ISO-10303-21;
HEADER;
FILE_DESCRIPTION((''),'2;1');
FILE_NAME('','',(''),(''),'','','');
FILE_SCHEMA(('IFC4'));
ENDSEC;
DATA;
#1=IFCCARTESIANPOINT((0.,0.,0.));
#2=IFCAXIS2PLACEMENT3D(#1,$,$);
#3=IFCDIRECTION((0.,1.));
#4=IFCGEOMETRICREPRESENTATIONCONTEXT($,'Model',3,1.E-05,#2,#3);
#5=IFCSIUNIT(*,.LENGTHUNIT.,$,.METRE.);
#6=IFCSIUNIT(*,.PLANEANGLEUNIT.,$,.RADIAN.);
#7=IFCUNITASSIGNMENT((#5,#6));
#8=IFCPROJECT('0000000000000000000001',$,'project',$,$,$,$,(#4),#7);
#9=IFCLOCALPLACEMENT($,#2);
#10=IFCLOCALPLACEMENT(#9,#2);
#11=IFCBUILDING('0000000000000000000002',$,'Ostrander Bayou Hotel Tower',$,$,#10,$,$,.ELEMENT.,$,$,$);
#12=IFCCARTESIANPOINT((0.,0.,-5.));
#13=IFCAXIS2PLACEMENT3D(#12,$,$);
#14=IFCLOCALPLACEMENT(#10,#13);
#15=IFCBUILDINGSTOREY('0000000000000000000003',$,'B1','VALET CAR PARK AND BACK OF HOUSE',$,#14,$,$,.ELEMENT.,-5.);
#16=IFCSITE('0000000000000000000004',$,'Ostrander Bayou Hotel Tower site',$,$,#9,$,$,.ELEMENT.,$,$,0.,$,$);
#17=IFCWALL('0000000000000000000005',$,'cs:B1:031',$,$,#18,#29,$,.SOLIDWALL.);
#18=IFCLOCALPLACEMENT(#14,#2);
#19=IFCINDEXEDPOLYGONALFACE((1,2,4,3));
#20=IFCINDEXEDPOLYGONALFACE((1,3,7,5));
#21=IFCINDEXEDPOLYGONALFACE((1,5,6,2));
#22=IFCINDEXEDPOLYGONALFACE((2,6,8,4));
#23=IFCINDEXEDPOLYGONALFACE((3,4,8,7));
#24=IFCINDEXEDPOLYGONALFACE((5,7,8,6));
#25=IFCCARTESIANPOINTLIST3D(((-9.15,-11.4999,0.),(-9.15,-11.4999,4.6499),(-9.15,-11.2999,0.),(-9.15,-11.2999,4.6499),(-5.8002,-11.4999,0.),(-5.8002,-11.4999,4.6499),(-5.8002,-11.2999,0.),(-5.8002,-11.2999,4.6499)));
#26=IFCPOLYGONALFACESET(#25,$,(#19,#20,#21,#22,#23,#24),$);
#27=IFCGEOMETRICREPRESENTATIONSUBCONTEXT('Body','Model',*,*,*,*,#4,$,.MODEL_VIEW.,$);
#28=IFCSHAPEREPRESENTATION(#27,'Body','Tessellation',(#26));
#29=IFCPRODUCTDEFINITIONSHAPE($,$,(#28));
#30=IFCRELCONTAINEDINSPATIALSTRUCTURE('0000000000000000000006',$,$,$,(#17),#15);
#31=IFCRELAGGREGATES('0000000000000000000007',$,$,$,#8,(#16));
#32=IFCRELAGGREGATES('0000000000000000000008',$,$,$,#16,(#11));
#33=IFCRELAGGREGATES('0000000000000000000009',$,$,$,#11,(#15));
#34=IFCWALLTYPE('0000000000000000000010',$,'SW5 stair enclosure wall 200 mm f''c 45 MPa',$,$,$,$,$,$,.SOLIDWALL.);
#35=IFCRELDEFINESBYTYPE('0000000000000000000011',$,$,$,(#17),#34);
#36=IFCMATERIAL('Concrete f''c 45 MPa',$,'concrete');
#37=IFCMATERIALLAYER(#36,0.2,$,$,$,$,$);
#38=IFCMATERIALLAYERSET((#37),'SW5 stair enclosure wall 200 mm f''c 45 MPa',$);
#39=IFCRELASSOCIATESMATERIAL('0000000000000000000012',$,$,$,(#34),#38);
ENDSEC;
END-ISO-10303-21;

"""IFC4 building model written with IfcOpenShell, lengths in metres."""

from ifc_helpers import new_model, si_unit, direction, frame, frame_2d, origin, place, context, subcontext, project, spatial, rectangle, extrude, material, layer, layer_set, type_object, element, save


model = new_model("IFC4")

# Units and contexts
model_context = context("Model", 3, precision=1e-05, world=origin(), true_north=direction((0.0, 1.0)))
body_context = subcontext(model_context, "Body", "Model", "MODEL_VIEW")
ifc_project = project(units=[si_unit("LENGTHUNIT", "METRE"), si_unit("PLANEANGLEUNIT", "RADIAN")], contexts=[model_context])

# Site, building, storey
site_placement = place(None, origin())
site = spatial("IfcSite", under=ifc_project, at=site_placement, Name="Ostrander Bayou Hotel Tower site", CompositionType="ELEMENT", RefElevation=0.0)
building_placement = place(site_placement, origin())
building = spatial("IfcBuilding", under=site, at=building_placement, Name="Ostrander Bayou Hotel Tower", CompositionType="ELEMENT")
storey_placement = place(building_placement, frame((0.0, 0.0, -5.0)))
storey = spatial("IfcBuildingStorey", under=building, at=storey_placement, Name="B1", Description="VALET CAR PARK AND BACK OF HOUSE", CompositionType="ELEMENT", Elevation=-5.0)

# Wall
ifc_material_1 = material(Name="Concrete f'c 45 MPa", Category="concrete")
ifc_layer_1 = layer(ifc_material_1, 0.2)
ifc_layer_set_1 = layer_set([ifc_layer_1], Name="SW5 stair enclosure wall 200 mm f'c 45 MPa")
wall_type_1 = type_object("IfcWallType", Name="SW5 stair enclosure wall 200 mm f'c 45 MPa", PredefinedType="SOLIDWALL", material=ifc_layer_set_1)
wall_1_placement = place(storey_placement, frame((-9.1499, -11.3999, 0.0), z_axis=(0.0, 0.0, 1.0), x_axis=(1.0, 0.0, 0.0)))
element("IfcWall", 1, at=wall_1_placement, inside=storey, type_object=wall_type_1, Name="cs:B1:031", PredefinedType="SOLIDWALL", context=body_context, shape_type="SweptSolid", body=[
    extrude(rectangle(XDim=3.3499, YDim=0.2, at=frame_2d((1.6748, 0.0))), origin(), (0.0, 0.0, 1.0), 4.6499),
])

save(model, "model.ifc")
